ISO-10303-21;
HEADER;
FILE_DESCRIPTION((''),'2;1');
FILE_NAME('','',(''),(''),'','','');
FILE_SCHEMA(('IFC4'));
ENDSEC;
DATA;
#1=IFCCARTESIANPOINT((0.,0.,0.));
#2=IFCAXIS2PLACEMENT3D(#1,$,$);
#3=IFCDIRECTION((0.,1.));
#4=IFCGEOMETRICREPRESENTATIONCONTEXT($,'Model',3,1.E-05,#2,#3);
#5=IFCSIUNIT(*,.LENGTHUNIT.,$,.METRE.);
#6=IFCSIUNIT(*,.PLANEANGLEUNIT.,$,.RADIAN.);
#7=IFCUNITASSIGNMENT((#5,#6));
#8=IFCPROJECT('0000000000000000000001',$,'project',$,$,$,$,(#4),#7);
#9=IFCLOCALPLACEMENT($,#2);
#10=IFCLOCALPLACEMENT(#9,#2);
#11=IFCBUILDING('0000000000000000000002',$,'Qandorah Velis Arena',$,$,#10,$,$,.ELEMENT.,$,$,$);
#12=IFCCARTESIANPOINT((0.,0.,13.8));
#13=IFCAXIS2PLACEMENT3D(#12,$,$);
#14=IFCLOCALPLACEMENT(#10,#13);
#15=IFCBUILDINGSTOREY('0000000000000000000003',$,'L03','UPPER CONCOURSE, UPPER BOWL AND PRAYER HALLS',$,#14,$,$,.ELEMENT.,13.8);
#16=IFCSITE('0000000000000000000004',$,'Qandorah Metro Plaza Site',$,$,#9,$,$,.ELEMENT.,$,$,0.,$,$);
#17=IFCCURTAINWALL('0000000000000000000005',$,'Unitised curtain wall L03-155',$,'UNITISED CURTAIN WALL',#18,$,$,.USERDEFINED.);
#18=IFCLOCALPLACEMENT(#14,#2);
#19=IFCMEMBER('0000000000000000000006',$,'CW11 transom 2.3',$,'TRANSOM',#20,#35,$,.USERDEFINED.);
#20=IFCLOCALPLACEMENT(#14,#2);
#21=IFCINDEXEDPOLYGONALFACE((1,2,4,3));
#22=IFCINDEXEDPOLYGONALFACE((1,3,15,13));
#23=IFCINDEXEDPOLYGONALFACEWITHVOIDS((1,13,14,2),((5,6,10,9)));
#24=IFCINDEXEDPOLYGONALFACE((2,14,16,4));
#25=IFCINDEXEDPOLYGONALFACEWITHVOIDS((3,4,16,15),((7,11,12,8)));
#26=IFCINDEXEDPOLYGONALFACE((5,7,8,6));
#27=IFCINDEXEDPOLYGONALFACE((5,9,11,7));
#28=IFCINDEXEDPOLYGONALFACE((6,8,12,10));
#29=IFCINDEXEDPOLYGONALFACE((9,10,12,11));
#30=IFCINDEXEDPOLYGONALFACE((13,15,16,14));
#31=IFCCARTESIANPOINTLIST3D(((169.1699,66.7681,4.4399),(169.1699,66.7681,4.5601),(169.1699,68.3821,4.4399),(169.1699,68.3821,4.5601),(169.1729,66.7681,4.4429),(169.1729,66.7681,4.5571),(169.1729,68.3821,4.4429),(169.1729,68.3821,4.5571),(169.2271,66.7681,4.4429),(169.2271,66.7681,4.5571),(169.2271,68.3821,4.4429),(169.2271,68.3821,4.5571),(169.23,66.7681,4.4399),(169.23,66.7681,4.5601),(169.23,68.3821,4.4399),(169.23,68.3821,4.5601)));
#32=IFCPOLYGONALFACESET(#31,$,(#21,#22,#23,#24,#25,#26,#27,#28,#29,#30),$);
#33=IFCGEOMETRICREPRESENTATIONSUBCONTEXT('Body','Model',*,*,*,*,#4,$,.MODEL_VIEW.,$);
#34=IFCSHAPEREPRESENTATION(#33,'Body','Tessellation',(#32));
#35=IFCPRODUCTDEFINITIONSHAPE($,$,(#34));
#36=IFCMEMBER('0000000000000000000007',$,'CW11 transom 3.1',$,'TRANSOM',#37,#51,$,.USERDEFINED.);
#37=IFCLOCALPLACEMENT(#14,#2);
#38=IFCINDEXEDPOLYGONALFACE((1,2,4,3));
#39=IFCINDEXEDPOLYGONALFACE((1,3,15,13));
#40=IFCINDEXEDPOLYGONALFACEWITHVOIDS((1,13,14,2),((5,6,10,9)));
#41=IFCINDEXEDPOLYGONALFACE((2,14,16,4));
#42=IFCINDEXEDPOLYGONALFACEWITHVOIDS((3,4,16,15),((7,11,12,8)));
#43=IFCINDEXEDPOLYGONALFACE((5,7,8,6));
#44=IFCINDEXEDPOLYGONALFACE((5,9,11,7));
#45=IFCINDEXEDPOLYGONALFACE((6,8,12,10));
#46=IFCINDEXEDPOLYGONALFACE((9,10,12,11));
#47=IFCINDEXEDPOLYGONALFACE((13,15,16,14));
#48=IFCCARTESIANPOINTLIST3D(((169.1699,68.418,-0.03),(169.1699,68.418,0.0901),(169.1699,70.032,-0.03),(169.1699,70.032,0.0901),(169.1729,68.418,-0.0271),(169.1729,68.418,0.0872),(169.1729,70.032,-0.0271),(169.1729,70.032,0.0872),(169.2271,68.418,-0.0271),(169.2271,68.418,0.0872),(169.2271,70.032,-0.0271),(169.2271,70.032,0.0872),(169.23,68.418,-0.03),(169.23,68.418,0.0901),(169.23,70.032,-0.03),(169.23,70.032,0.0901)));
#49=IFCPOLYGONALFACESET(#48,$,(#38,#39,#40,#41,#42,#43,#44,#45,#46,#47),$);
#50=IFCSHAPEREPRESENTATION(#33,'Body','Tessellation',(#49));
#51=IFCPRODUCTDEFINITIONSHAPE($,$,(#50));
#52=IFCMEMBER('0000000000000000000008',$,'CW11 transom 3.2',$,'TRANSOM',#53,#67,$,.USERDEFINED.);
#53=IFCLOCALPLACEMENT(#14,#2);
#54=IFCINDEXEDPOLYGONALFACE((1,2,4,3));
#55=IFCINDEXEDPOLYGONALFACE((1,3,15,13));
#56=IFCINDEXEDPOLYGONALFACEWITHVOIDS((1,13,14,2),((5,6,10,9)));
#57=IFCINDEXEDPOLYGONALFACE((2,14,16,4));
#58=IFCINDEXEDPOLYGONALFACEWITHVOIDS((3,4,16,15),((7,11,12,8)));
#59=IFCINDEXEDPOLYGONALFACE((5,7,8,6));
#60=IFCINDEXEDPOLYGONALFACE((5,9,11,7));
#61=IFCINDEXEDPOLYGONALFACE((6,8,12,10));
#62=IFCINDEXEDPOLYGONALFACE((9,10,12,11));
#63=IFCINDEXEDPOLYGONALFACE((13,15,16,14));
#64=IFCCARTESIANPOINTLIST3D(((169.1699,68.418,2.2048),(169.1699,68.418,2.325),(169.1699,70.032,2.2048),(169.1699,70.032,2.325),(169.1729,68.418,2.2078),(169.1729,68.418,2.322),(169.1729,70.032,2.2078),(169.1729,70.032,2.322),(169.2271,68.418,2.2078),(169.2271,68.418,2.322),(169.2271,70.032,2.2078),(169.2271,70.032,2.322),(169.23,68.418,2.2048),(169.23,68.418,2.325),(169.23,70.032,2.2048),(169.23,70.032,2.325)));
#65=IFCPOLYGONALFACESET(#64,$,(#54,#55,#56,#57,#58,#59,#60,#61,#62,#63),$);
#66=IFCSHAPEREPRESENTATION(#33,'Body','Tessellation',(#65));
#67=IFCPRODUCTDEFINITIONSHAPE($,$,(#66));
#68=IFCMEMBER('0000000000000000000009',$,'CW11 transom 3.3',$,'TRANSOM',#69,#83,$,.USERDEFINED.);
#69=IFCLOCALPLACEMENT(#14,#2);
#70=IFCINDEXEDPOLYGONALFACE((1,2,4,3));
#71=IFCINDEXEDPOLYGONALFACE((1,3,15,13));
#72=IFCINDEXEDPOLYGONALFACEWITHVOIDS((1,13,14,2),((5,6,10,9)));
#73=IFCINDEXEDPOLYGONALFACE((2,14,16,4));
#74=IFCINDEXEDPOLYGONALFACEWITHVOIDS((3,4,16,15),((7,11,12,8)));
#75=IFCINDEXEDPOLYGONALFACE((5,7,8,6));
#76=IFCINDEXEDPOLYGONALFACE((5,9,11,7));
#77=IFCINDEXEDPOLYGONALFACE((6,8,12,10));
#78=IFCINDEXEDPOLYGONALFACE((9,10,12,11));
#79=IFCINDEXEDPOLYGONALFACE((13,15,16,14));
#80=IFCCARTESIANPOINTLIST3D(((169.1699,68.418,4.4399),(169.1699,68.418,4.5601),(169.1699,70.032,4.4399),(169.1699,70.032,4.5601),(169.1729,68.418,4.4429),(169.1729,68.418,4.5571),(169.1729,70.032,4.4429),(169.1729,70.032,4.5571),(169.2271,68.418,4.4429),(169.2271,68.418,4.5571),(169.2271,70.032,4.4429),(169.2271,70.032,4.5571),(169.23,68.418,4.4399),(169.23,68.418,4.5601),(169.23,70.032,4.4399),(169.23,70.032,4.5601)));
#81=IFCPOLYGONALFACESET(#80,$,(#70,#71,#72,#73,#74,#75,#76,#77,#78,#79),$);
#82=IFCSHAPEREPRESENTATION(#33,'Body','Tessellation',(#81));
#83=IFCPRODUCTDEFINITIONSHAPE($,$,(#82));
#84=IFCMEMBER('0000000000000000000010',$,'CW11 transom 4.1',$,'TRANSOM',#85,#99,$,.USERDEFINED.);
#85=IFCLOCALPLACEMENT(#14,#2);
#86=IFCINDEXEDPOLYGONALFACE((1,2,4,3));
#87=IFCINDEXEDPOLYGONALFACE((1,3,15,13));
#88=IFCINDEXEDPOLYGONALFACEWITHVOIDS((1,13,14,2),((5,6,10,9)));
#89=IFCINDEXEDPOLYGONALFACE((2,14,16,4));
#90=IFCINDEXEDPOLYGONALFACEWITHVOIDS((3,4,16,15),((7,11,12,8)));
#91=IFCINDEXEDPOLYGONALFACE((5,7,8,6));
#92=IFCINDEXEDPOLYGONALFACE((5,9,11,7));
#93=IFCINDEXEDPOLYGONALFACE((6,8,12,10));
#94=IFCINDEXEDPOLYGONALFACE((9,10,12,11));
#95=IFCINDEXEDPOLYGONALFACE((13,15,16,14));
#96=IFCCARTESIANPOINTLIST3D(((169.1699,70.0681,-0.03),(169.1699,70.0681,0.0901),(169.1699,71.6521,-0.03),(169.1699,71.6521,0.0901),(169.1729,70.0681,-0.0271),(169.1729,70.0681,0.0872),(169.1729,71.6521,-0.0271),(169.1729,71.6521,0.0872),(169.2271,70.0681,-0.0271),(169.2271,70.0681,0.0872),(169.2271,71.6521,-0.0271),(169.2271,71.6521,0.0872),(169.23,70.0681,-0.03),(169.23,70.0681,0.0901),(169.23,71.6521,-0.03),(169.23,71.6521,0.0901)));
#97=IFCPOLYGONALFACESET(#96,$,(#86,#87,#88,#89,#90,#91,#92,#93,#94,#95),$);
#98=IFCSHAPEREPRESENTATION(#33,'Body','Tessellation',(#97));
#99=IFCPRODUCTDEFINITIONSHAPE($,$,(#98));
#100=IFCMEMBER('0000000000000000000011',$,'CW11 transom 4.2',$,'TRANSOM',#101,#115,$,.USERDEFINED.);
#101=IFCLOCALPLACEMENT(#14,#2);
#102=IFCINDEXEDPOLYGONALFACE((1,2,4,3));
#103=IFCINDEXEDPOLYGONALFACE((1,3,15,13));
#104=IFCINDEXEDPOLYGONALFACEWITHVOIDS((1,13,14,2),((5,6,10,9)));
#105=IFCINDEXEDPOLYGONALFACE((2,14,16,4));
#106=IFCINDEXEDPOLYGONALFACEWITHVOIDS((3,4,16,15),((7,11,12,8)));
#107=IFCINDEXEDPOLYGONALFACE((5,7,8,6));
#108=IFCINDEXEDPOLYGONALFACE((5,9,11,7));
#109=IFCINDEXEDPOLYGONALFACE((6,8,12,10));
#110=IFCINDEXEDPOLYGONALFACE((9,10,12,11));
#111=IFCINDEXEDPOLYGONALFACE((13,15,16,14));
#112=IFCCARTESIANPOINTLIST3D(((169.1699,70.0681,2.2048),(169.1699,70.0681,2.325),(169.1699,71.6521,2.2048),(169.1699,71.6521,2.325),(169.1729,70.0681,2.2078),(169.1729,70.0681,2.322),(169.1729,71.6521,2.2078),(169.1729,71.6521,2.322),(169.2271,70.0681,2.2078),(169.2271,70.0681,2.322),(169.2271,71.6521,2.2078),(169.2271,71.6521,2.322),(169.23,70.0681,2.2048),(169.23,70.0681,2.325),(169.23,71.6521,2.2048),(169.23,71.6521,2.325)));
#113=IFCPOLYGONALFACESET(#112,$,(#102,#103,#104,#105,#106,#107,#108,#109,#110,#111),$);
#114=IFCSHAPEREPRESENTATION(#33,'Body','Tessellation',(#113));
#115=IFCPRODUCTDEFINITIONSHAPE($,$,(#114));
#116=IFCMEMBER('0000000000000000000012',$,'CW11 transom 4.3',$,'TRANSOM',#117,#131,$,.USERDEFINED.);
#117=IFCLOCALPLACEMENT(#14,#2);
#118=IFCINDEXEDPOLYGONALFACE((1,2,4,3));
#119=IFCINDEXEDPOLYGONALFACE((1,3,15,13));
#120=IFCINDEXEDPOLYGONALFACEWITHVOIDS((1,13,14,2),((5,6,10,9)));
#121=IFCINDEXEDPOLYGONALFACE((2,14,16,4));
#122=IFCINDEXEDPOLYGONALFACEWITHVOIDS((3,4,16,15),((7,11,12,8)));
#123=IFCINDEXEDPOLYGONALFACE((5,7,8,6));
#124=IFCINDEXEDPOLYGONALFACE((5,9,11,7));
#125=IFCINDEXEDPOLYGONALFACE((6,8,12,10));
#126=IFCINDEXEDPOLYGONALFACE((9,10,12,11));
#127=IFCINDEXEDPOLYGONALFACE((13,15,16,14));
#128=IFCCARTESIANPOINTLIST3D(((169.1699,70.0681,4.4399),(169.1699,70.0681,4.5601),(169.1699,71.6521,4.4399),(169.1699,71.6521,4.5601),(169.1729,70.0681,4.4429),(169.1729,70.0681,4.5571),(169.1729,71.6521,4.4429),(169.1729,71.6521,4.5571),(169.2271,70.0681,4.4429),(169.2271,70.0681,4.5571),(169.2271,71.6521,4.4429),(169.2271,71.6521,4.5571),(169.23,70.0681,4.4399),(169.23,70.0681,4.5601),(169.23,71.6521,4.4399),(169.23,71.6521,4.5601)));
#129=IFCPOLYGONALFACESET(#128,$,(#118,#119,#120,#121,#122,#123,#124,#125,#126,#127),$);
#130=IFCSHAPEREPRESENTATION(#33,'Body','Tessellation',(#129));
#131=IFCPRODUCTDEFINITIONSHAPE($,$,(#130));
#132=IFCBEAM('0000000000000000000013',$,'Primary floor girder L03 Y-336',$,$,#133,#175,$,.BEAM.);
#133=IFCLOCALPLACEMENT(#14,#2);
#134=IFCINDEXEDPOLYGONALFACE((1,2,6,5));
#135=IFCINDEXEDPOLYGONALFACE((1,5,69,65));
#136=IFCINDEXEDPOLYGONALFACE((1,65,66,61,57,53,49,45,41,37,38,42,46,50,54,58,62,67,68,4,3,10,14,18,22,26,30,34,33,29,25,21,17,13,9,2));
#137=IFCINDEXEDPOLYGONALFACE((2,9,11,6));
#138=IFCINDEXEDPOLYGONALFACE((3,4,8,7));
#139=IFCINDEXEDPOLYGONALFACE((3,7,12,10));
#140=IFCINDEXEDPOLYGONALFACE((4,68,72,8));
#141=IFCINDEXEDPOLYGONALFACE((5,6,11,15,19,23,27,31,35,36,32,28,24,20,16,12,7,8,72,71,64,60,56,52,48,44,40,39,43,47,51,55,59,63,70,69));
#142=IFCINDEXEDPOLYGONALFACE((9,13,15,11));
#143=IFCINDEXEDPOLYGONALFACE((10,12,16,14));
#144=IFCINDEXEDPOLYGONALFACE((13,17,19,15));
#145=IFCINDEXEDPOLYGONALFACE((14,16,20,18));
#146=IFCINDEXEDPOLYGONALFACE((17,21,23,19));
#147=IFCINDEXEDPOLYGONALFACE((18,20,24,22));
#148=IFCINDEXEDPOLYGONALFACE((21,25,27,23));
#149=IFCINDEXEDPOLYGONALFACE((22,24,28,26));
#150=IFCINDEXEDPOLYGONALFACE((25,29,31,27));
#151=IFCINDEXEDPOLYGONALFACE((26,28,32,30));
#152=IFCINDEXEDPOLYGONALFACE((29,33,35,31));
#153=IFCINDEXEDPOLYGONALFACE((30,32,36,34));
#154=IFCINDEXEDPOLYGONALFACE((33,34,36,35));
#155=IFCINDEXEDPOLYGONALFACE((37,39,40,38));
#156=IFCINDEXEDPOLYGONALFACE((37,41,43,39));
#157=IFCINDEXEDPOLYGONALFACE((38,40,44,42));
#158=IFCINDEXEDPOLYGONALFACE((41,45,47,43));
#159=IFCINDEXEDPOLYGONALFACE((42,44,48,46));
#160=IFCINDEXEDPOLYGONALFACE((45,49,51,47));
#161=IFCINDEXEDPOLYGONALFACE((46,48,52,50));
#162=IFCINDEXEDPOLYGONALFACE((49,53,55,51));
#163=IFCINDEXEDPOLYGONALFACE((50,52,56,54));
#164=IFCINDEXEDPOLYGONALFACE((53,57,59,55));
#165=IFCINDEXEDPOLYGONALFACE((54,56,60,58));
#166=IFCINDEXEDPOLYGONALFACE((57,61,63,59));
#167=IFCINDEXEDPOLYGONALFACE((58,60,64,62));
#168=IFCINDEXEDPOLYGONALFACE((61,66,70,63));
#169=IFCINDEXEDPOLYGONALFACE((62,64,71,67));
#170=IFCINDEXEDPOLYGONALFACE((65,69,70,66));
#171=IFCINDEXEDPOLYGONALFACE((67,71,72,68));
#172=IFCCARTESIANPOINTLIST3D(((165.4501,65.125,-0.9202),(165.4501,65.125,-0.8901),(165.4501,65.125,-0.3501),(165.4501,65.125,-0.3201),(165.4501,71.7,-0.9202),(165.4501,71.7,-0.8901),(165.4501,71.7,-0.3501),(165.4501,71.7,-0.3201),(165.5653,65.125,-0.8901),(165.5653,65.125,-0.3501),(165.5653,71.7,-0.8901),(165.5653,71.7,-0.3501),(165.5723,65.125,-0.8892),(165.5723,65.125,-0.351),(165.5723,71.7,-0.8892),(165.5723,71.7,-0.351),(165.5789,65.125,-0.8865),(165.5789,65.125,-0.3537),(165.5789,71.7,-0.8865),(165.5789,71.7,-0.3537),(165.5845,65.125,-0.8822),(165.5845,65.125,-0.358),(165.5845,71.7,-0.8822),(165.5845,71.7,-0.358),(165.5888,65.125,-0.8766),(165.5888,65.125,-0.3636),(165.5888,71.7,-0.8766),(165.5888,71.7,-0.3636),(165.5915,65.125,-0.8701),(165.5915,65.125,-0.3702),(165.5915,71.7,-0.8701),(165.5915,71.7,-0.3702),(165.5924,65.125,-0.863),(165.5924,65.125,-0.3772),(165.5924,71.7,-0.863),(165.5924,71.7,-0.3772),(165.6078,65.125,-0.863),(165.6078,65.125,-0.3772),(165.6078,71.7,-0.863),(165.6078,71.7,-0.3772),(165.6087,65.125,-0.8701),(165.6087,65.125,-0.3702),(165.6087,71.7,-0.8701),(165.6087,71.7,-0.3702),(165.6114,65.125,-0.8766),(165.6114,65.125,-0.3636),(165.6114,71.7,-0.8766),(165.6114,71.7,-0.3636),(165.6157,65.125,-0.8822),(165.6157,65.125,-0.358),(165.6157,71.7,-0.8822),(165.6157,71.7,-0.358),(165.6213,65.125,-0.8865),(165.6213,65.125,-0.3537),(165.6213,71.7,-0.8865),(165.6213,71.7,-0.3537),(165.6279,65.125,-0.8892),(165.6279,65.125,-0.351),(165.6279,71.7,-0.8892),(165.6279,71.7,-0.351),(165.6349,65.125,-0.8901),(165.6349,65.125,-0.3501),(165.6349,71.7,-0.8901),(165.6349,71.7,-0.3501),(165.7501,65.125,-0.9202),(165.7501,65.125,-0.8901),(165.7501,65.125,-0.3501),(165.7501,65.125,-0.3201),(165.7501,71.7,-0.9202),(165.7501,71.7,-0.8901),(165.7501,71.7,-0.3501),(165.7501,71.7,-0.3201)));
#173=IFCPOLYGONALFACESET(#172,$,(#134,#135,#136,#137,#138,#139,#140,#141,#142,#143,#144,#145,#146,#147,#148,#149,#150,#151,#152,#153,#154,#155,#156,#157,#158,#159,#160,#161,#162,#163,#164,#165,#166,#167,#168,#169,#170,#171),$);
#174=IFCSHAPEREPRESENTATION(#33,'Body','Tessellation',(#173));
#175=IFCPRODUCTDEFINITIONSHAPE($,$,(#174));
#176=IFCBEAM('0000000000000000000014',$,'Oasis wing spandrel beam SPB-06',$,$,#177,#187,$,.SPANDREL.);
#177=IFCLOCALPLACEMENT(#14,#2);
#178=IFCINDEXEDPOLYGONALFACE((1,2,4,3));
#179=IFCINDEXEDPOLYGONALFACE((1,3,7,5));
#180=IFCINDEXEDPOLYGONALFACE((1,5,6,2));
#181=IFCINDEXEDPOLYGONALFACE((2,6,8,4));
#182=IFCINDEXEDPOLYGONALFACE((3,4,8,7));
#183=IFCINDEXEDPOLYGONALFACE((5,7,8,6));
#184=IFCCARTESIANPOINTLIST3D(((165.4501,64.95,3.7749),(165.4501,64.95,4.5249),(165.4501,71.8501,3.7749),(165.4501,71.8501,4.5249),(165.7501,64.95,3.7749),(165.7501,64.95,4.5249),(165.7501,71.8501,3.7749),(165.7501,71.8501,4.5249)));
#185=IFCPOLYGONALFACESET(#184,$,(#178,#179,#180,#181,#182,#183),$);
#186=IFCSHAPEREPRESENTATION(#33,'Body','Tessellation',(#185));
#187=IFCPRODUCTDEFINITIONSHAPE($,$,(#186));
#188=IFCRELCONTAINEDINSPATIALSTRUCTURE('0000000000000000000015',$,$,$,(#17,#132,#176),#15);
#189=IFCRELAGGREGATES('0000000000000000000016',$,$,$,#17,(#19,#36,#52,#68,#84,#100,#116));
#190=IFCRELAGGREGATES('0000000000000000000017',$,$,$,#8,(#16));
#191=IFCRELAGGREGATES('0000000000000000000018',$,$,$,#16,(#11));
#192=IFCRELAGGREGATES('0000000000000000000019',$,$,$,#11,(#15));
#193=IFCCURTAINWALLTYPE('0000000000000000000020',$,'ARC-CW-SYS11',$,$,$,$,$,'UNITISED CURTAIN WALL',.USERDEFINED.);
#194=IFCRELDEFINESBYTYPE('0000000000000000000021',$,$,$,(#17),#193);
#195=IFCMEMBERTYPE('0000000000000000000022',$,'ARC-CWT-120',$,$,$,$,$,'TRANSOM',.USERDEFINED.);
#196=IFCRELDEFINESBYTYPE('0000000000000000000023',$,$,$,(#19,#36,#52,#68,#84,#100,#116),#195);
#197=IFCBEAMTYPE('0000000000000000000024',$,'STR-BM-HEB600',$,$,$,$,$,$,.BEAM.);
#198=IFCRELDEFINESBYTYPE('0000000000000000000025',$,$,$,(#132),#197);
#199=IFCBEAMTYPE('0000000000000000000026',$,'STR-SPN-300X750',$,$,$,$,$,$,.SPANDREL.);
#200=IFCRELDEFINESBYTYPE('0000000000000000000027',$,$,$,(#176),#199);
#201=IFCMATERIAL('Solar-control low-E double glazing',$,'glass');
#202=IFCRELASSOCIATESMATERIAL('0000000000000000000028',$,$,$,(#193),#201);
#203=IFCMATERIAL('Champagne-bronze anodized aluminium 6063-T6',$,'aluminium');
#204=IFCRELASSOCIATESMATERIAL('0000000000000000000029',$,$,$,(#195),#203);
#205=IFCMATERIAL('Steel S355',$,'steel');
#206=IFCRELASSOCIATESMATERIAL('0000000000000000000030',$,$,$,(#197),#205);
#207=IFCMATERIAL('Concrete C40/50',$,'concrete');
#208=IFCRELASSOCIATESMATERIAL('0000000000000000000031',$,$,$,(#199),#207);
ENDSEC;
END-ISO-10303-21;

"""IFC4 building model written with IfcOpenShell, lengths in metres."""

from ifc_helpers import new_model, si_unit, direction, frame, origin, origin_2d, place, context, subcontext, project, spatial, rectangle, hollow_rectangle, i_section, extrude, material, material_profile, profile_set, type_object, element, aggregate, save


model = new_model("IFC4")

# Units and contexts
model_context = context("Model", 3, precision=1e-05, world=origin(), true_north=direction((0.0, 1.0)))
body_context = subcontext(model_context, "Body", "Model", "MODEL_VIEW")
ifc_project = project(units=[si_unit("LENGTHUNIT", "METRE"), si_unit("PLANEANGLEUNIT", "RADIAN")], contexts=[model_context])

# Site, building, storey
site_placement = place(None, origin())
site = spatial("IfcSite", under=ifc_project, at=site_placement, Name="Qandorah Metro Plaza Site", CompositionType="ELEMENT", RefElevation=0.0)
building_placement = place(site_placement, origin())
building = spatial("IfcBuilding", under=site, at=building_placement, Name="Qandorah Velis Arena", CompositionType="ELEMENT")
storey_placement = place(building_placement, frame((0.0, 0.0, 13.8)))
storey = spatial("IfcBuildingStorey", under=building, at=storey_placement, Name="L03", Description="UPPER CONCOURSE, UPPER BOWL AND PRAYER HALLS", CompositionType="ELEMENT", Elevation=13.8)

# Shared definitions
ifc_material_1 = material(Name="Concrete C40/50", Category="concrete")

# Curtain wall
ifc_material_2 = material(Name="Solar-control low-E double glazing", Category="glass")
curtain_wall_type_1 = type_object("IfcCurtainWallType", Name="ARC-CW-SYS11", ElementType="UNITISED CURTAIN WALL", PredefinedType="USERDEFINED", material=ifc_material_2)
curtain_wall_1_placement = place(storey_placement, origin())
curtain_wall_1 = element("IfcCurtainWall", 1, at=curtain_wall_1_placement, inside=storey, type_object=curtain_wall_type_1, Name="Unitised curtain wall L03-155", ObjectType="UNITISED CURTAIN WALL", PredefinedType="USERDEFINED")
ifc_material_3 = material(Name="Champagne-bronze anodized aluminium 6063-T6", Category="aluminium")

# Members
ifc_material_profile_1 = material_profile(ifc_material_3, hollow_rectangle(XDim=0.0601, YDim=0.1201, WallThickness=0.0029, at=origin_2d()), Name="ALU TRANSOM 60x120")
ifc_profile_set_1 = profile_set([ifc_material_profile_1], Name="Champagne-bronze anodized aluminium 6063-T6")
member_type_1 = type_object("IfcMemberType", Name="ARC-CWT-120", ElementType="TRANSOM", PredefinedType="USERDEFINED", material=ifc_profile_set_1)
member_1_placement = place(storey_placement, frame((169.2, 66.7681, 4.5), z_axis=(0.0, 1.0, 0.0), x_axis=(-1.0, 0.0, 0.0)))
member_1 = element("IfcMember", 2, at=member_1_placement, type_object=member_type_1, Name="CW11 transom 2.3", ObjectType="TRANSOM", PredefinedType="USERDEFINED", context=body_context, shape_type="SweptSolid", body=[
    extrude(hollow_rectangle(XDim=0.0601, YDim=0.1201, WallThickness=0.0029, at=origin_2d()), origin(), (0.0, 0.0, 1.0), 1.614),
])
member_2_placement = place(storey_placement, frame((169.2, 68.418, 0.03), z_axis=(0.0, 1.0, 0.0), x_axis=(-1.0, 0.0, 0.0)))
member_2 = element("IfcMember", 3, at=member_2_placement, type_object=member_type_1, Name="CW11 transom 3.1", ObjectType="TRANSOM", PredefinedType="USERDEFINED", context=body_context, shape_type="SweptSolid", body=[
    extrude(hollow_rectangle(XDim=0.0601, YDim=0.1201, WallThickness=0.0029, at=origin_2d()), origin(), (0.0, 0.0, 1.0), 1.614),
])
member_3_placement = place(storey_placement, frame((169.2, 68.418, 2.2649), z_axis=(0.0, 1.0, 0.0), x_axis=(-1.0, 0.0, 0.0)))
member_3 = element("IfcMember", 4, at=member_3_placement, type_object=member_type_1, Name="CW11 transom 3.2", ObjectType="TRANSOM", PredefinedType="USERDEFINED", context=body_context, shape_type="SweptSolid", body=[
    extrude(hollow_rectangle(XDim=0.0601, YDim=0.1201, WallThickness=0.0029, at=origin_2d()), origin(), (0.0, 0.0, 1.0), 1.614),
])
member_4_placement = place(storey_placement, frame((169.2, 68.418, 4.5), z_axis=(0.0, 1.0, 0.0), x_axis=(-1.0, 0.0, 0.0)))
member_4 = element("IfcMember", 5, at=member_4_placement, type_object=member_type_1, Name="CW11 transom 3.3", ObjectType="TRANSOM", PredefinedType="USERDEFINED", context=body_context, shape_type="SweptSolid", body=[
    extrude(hollow_rectangle(XDim=0.0601, YDim=0.1201, WallThickness=0.0029, at=origin_2d()), origin(), (0.0, 0.0, 1.0), 1.614),
])
member_5_placement = place(storey_placement, frame((169.2, 70.0681, 0.03), z_axis=(0.0, 1.0, 0.0), x_axis=(-1.0, 0.0, 0.0)))
member_5 = element("IfcMember", 6, at=member_5_placement, type_object=member_type_1, Name="CW11 transom 4.1", ObjectType="TRANSOM", PredefinedType="USERDEFINED", context=body_context, shape_type="SweptSolid", body=[
    extrude(hollow_rectangle(XDim=0.0601, YDim=0.1201, WallThickness=0.0029, at=origin_2d()), origin(), (0.0, 0.0, 1.0), 1.584),
])
member_6_placement = place(storey_placement, frame((169.2, 70.0681, 2.2649), z_axis=(0.0, 1.0, 0.0), x_axis=(-1.0, 0.0, 0.0)))
member_6 = element("IfcMember", 7, at=member_6_placement, type_object=member_type_1, Name="CW11 transom 4.2", ObjectType="TRANSOM", PredefinedType="USERDEFINED", context=body_context, shape_type="SweptSolid", body=[
    extrude(hollow_rectangle(XDim=0.0601, YDim=0.1201, WallThickness=0.0029, at=origin_2d()), origin(), (0.0, 0.0, 1.0), 1.584),
])
member_7_placement = place(storey_placement, frame((169.2, 70.0681, 4.5), z_axis=(0.0, 1.0, 0.0), x_axis=(-1.0, 0.0, 0.0)))
member_7 = element("IfcMember", 8, at=member_7_placement, type_object=member_type_1, Name="CW11 transom 4.3", ObjectType="TRANSOM", PredefinedType="USERDEFINED", context=body_context, shape_type="SweptSolid", body=[
    extrude(hollow_rectangle(XDim=0.0601, YDim=0.1201, WallThickness=0.0029, at=origin_2d()), origin(), (0.0, 0.0, 1.0), 1.584),
])

# Beams
ifc_material_4 = material(Name="Steel S355", Category="steel")
ifc_material_profile_2 = material_profile(ifc_material_4, i_section(OverallWidth=0.3, OverallDepth=0.6001, WebThickness=0.0154, FlangeThickness=0.03, FilletRadius=0.0271, at=origin_2d()), Name="HEB 600")
ifc_profile_set_2 = profile_set([ifc_material_profile_2], Name="Steel S355")
beam_type_1 = type_object("IfcBeamType", Name="STR-BM-HEB600", PredefinedType="BEAM", material=ifc_profile_set_2)
beam_1_placement = place(storey_placement, frame((165.6001, 65.125, -0.6201), z_axis=(0.0, 1.0, 0.0), x_axis=(-1.0, 0.0, 0.0)))
element("IfcBeam", 9, at=beam_1_placement, inside=storey, type_object=beam_type_1, Name="Primary floor girder L03 Y-336", PredefinedType="BEAM", context=body_context, shape_type="SweptSolid", body=[
    extrude(i_section(OverallWidth=0.3, OverallDepth=0.6001, WebThickness=0.0154, FlangeThickness=0.03, FilletRadius=0.0271, at=origin_2d()), origin(), (0.0, 0.0, 1.0), 6.575),
])
ifc_material_profile_3 = material_profile(ifc_material_1, rectangle(XDim=0.3, YDim=0.75, at=origin_2d()), Name="RC SPANDREL 300x750")
ifc_profile_set_3 = profile_set([ifc_material_profile_3], Name="Concrete C40/50")
beam_type_2 = type_object("IfcBeamType", Name="STR-SPN-300X750", PredefinedType="SPANDREL", material=ifc_profile_set_3)
beam_2_placement = place(storey_placement, frame((165.6001, 64.95, 4.1499), z_axis=(0.0, 1.0, 0.0), x_axis=(-1.0, 0.0, 0.0)))
element("IfcBeam", 10, at=beam_2_placement, inside=storey, type_object=beam_type_2, Name="Oasis wing spandrel beam SPB-06", PredefinedType="SPANDREL", context=body_context, shape_type="SweptSolid", body=[
    extrude(rectangle(XDim=0.3, YDim=0.75, at=origin_2d()), origin(), (0.0, 0.0, 1.0), 6.9001),
])

aggregate(curtain_wall_1, [member_1, member_2, member_3, member_4, member_5, member_6, member_7])

save(model, "model.ifc")
